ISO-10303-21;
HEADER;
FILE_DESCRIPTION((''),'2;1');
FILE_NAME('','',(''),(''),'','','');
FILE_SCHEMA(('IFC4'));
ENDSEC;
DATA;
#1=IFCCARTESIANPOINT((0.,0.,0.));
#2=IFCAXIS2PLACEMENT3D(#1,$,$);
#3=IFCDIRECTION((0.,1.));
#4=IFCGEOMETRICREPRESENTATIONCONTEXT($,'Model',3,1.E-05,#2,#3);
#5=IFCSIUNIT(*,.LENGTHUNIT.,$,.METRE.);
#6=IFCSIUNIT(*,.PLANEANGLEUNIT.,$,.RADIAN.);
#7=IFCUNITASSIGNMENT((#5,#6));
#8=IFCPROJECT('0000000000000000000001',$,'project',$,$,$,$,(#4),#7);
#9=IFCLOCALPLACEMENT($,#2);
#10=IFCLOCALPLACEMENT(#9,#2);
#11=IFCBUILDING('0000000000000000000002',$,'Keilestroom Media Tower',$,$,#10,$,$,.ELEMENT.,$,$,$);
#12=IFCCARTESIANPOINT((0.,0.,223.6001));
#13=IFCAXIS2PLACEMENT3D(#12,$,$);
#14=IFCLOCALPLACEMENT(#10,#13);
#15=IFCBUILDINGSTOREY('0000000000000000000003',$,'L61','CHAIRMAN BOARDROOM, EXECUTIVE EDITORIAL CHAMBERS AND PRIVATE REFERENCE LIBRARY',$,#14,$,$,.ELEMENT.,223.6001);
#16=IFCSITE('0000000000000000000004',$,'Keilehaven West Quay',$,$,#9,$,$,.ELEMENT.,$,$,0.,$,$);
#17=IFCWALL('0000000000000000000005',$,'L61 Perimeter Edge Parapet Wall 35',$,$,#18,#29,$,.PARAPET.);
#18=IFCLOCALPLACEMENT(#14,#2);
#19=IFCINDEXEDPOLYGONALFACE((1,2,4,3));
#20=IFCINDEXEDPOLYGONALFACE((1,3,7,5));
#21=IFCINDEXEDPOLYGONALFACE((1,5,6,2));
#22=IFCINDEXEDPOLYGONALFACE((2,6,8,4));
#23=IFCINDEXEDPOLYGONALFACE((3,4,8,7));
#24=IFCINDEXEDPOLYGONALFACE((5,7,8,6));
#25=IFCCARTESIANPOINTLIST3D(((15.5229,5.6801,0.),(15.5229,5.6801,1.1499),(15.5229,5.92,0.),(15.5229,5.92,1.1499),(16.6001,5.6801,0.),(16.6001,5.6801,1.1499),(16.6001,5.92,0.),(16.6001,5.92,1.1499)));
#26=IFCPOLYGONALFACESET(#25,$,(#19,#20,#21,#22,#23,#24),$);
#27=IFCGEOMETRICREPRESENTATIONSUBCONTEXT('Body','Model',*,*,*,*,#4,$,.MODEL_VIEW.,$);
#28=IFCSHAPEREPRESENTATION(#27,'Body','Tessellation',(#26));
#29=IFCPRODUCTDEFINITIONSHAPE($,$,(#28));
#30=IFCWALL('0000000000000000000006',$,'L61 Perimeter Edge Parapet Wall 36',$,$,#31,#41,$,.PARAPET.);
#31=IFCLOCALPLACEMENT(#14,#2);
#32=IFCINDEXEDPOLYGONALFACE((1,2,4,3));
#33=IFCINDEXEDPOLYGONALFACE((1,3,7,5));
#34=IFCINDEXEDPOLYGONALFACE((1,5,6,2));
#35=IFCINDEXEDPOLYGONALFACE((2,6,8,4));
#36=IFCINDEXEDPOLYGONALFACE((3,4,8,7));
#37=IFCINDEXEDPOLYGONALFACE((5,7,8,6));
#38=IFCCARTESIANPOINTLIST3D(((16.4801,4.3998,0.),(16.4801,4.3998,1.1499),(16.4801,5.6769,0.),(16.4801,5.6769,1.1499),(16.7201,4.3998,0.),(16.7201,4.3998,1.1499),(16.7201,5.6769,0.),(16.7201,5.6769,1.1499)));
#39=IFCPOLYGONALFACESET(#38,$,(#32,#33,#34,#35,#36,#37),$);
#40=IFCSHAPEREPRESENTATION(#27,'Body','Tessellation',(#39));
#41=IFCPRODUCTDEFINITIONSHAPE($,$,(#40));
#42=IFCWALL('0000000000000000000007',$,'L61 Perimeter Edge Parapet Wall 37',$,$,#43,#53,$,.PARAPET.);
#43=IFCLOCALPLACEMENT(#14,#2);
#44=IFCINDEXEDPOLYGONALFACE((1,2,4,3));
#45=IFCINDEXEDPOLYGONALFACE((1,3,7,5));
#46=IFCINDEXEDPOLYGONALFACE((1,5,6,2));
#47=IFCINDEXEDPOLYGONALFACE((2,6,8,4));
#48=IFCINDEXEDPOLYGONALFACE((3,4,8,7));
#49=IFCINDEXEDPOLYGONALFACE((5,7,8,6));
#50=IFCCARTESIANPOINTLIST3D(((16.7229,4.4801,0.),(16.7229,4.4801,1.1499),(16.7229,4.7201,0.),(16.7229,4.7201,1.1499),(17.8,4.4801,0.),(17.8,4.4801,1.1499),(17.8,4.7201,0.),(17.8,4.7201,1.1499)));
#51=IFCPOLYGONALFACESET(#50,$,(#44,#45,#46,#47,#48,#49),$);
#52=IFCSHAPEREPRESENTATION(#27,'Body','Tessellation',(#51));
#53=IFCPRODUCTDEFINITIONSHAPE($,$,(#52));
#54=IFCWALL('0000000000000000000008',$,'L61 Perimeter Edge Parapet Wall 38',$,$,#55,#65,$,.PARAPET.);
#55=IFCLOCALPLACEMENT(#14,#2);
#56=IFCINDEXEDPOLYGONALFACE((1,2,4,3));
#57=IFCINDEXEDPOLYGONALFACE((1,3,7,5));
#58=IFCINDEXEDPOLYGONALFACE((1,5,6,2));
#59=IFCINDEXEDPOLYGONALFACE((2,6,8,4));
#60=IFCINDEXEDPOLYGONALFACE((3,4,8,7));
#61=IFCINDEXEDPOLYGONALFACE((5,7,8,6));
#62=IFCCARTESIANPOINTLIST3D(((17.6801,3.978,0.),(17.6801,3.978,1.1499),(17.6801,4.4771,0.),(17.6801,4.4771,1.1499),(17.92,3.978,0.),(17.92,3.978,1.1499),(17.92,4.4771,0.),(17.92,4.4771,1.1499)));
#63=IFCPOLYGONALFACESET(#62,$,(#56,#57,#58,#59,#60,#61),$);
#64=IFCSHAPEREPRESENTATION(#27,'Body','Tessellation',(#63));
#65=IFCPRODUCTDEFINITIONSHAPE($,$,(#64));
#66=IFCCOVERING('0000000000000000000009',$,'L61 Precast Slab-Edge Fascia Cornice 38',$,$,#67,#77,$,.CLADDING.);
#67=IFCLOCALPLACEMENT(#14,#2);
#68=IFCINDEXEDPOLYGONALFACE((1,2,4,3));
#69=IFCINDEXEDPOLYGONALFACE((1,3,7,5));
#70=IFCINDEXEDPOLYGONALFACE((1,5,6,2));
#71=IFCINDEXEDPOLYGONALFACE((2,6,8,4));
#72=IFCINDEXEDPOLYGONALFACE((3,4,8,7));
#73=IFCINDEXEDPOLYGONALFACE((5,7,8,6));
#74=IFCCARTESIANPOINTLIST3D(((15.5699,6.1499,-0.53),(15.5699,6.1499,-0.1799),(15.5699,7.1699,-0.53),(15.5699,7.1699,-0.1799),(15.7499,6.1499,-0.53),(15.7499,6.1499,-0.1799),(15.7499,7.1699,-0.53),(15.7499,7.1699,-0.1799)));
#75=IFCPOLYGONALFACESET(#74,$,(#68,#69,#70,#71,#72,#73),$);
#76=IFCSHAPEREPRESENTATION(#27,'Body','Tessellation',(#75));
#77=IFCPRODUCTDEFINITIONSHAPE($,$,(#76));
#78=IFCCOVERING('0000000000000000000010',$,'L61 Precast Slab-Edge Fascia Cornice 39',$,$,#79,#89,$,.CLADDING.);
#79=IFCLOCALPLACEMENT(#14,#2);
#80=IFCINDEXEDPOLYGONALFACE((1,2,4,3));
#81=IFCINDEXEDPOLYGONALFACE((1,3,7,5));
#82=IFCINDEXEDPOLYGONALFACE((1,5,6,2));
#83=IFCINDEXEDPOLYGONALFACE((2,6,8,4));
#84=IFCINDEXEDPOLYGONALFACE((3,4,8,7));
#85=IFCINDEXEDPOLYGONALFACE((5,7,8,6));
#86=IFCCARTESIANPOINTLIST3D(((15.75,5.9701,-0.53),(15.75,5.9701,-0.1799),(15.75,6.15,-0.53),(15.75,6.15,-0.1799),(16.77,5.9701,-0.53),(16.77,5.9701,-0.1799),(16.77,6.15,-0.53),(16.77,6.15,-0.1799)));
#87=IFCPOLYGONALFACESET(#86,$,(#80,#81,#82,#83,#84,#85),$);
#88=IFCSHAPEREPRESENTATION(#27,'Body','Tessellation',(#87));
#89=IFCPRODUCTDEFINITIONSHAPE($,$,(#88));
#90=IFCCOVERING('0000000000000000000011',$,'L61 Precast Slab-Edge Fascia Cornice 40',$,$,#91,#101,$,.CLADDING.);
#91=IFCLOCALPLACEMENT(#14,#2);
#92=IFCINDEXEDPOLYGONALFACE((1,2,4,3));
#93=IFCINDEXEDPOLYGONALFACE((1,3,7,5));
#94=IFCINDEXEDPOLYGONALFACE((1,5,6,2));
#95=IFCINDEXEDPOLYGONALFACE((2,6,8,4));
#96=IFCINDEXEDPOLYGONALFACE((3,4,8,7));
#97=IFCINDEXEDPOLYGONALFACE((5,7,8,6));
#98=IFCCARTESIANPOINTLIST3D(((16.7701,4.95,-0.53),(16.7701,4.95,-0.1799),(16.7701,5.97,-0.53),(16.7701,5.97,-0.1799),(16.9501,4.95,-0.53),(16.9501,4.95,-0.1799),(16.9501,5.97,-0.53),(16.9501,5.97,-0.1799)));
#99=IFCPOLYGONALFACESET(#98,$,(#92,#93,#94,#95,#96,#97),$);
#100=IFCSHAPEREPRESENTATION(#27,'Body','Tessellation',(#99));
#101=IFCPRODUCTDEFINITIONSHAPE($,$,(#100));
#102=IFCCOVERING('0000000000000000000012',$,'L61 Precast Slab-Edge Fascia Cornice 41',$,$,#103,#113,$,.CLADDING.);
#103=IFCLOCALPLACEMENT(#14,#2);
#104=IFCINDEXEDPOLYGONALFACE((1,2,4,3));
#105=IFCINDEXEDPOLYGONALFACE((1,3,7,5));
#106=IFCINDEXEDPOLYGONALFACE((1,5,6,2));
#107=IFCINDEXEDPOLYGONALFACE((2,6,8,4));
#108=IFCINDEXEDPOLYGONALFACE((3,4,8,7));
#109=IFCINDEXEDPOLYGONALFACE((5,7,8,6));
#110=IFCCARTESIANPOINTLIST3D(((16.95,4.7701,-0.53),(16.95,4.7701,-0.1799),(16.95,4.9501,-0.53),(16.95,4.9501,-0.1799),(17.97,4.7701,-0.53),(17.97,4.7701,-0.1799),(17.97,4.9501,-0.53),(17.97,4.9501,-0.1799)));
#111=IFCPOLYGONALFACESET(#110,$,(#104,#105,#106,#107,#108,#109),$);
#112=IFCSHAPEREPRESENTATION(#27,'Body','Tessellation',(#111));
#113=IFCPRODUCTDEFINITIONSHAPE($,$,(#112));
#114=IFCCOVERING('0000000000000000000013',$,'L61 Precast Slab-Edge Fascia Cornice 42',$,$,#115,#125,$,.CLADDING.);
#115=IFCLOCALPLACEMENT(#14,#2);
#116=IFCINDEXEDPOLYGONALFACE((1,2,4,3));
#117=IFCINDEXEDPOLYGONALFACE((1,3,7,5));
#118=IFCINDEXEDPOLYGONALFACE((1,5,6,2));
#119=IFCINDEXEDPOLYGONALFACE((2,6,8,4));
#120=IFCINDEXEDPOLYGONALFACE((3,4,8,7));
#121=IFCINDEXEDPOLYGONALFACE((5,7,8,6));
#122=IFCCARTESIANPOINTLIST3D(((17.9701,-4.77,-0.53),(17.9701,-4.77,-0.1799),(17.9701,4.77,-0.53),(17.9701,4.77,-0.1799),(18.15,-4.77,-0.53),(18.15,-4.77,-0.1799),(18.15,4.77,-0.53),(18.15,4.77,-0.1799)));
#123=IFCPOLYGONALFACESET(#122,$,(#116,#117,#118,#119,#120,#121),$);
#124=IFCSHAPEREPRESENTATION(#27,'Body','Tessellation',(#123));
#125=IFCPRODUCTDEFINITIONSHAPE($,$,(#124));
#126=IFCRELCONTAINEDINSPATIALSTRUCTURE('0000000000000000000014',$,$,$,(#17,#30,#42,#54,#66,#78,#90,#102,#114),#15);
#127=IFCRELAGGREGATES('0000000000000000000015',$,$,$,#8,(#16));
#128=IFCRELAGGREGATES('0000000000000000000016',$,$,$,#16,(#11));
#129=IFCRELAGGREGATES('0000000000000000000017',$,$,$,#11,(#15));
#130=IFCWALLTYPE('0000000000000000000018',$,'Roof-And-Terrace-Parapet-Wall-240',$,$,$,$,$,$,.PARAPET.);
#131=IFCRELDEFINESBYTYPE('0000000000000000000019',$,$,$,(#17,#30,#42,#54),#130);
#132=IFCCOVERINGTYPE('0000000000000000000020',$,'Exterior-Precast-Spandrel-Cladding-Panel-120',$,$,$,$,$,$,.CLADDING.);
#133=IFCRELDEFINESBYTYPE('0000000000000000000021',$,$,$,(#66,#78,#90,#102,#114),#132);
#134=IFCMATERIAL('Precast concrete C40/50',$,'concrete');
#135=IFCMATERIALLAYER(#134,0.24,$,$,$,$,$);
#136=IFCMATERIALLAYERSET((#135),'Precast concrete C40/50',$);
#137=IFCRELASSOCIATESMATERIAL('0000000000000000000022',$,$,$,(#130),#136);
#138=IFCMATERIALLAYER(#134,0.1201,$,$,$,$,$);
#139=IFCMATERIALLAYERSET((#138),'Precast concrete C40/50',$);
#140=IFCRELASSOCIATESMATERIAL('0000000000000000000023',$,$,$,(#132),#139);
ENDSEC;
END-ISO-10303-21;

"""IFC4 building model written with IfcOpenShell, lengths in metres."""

from ifc_helpers import new_model, si_unit, direction, frame, frame_2d, origin, origin_2d, place, context, subcontext, project, spatial, rectangle, extrude, source, transform, mapped, material, layer, layer_set, type_object, element, save


model = new_model("IFC4")

# Units and contexts
model_context = context("Model", 3, precision=1e-05, world=origin(), true_north=direction((0.0, 1.0)))
body_context = subcontext(model_context, "Body", "Model", "MODEL_VIEW")
ifc_project = project(units=[si_unit("LENGTHUNIT", "METRE"), si_unit("PLANEANGLEUNIT", "RADIAN")], contexts=[model_context])

# Site, building, storey
site_placement = place(None, origin())
site = spatial("IfcSite", under=ifc_project, at=site_placement, Name="Keilehaven West Quay", CompositionType="ELEMENT", RefElevation=0.0)
building_placement = place(site_placement, origin())
building = spatial("IfcBuilding", under=site, at=building_placement, Name="Keilestroom Media Tower", CompositionType="ELEMENT")
storey_placement = place(building_placement, frame((0.0, 0.0, 223.6001)))
storey = spatial("IfcBuildingStorey", under=building, at=storey_placement, Name="L61", Description="CHAIRMAN BOARDROOM, EXECUTIVE EDITORIAL CHAMBERS AND PRIVATE REFERENCE LIBRARY", CompositionType="ELEMENT", Elevation=223.6001)

# Shared definitions
ifc_material_1 = material(Name="Precast concrete C40/50", Category="concrete")

# Walls
ifc_layer_1 = layer(ifc_material_1, 0.24)
ifc_layer_set_1 = layer_set([ifc_layer_1], Name="Precast concrete C40/50")
wall_type_1 = type_object("IfcWallType", Name="Roof-And-Terrace-Parapet-Wall-240", PredefinedType="PARAPET", material=ifc_layer_set_1)
wall_1_placement = place(storey_placement, frame((15.5229, 5.8, 0.0), z_axis=(0.0, 0.0, 1.0), x_axis=(1.0, 0.0, 0.0)))
element("IfcWall", 1, at=wall_1_placement, inside=storey, type_object=wall_type_1, Name="L61 Perimeter Edge Parapet Wall 35", PredefinedType="PARAPET", context=body_context, shape_type="SweptSolid", body=[
    extrude(rectangle(XDim=1.0771, YDim=0.24, at=frame_2d((0.5386, 0.0))), origin(), (0.0, 0.0, 1.0), 1.1499),
])
wall_2_placement = place(storey_placement, frame((16.6001, 5.677, 0.0), z_axis=(0.0, 0.0, 1.0), x_axis=(0.0, -1.0, 0.0)))
element("IfcWall", 2, at=wall_2_placement, inside=storey, type_object=wall_type_1, Name="L61 Perimeter Edge Parapet Wall 36", PredefinedType="PARAPET", context=body_context, shape_type="SweptSolid", body=[
    extrude(rectangle(XDim=1.2771, YDim=0.24, at=frame_2d((0.6387, 0.0))), origin(), (0.0, 0.0, 1.0), 1.1499),
])
wall_3_placement = place(storey_placement, frame((16.7229, 4.6001, 0.0), z_axis=(0.0, 0.0, 1.0), x_axis=(1.0, 0.0, 0.0)))
element("IfcWall", 3, at=wall_3_placement, inside=storey, type_object=wall_type_1, Name="L61 Perimeter Edge Parapet Wall 37", PredefinedType="PARAPET", context=body_context, shape_type="SweptSolid", body=[
    extrude(rectangle(XDim=1.0771, YDim=0.24, at=frame_2d((0.5386, 0.0))), origin(), (0.0, 0.0, 1.0), 1.1499),
])
wall_4_placement = place(storey_placement, frame((17.8, 4.4771, 0.0), z_axis=(0.0, 0.0, 1.0), x_axis=(0.0, -1.0, 0.0)))
element("IfcWall", 4, at=wall_4_placement, inside=storey, type_object=wall_type_1, Name="L61 Perimeter Edge Parapet Wall 38", PredefinedType="PARAPET", context=body_context, shape_type="SweptSolid", body=[
    extrude(rectangle(XDim=0.499, YDim=0.24, at=frame_2d((0.2495, 0.0))), origin(), (0.0, 0.0, 1.0), 1.1499),
])

# Coverings
ifc_layer_2 = layer(ifc_material_1, 0.1201)
ifc_layer_set_2 = layer_set([ifc_layer_2], Name="Precast concrete C40/50")
covering_type = type_object("IfcCoveringType", Name="Exterior-Precast-Spandrel-Cladding-Panel-120", PredefinedType="CLADDING", material=ifc_layer_set_2)
shared_shape_1 = source(origin(), body_context, "Body", "SweptSolid", [
    extrude(rectangle(XDim=1.02, YDim=0.1799, at=origin_2d()), origin(), (0.0, 0.0, 1.0), 0.3501),
])
for number, where, z_axis, x_axis, name in (
    (5, (15.6599, 6.6599, -0.53), (0.0, 0.0, 1.0), (0.0, -1.0, 0.0), "L61 Precast Slab-Edge Fascia Cornice 38"),
    (6, (16.26, 6.0601, -0.53), (0.0, 0.0, 1.0), (1.0, 0.0, 0.0), "L61 Precast Slab-Edge Fascia Cornice 39"),
    (7, (16.8601, 5.46, -0.53), (0.0, 0.0, 1.0), (0.0, -1.0, 0.0), "L61 Precast Slab-Edge Fascia Cornice 40"),
    (8, (17.46, 4.8601, -0.53), (0.0, 0.0, 1.0), (1.0, 0.0, 0.0), "L61 Precast Slab-Edge Fascia Cornice 41"),
):
    element("IfcCovering", number, at=place(storey_placement, frame(where, z_axis=z_axis, x_axis=x_axis)), inside=storey, type_object=covering_type, Name=name, PredefinedType="CLADDING", context=body_context, shape_type="MappedRepresentation", body=[
        mapped(shared_shape_1, transform((0.0, 0.0, 0.0), x_axis=(1.0, 0.0, 0.0), y_axis=(0.0, 1.0, 0.0), z_axis=(0.0, 0.0, 1.0), scale=1.0)),
    ])
shared_shape_2 = source(origin(), body_context, "Body", "SweptSolid", [
    extrude(rectangle(XDim=9.54, YDim=0.1799, at=origin_2d()), origin(), (0.0, 0.0, 1.0), 0.3501),
])
covering_placement = place(storey_placement, frame((18.0601, 0.0, -0.53), z_axis=(0.0, 0.0, 1.0), x_axis=(0.0, -1.0, 0.0)))
element("IfcCovering", 9, at=covering_placement, inside=storey, type_object=covering_type, Name="L61 Precast Slab-Edge Fascia Cornice 42", PredefinedType="CLADDING", context=body_context, shape_type="MappedRepresentation", body=[
    mapped(shared_shape_2, transform((0.0, 0.0, 0.0), x_axis=(1.0, 0.0, 0.0), y_axis=(0.0, 1.0, 0.0), z_axis=(0.0, 0.0, 1.0), scale=1.0)),
])

save(model, "model.ifc")
